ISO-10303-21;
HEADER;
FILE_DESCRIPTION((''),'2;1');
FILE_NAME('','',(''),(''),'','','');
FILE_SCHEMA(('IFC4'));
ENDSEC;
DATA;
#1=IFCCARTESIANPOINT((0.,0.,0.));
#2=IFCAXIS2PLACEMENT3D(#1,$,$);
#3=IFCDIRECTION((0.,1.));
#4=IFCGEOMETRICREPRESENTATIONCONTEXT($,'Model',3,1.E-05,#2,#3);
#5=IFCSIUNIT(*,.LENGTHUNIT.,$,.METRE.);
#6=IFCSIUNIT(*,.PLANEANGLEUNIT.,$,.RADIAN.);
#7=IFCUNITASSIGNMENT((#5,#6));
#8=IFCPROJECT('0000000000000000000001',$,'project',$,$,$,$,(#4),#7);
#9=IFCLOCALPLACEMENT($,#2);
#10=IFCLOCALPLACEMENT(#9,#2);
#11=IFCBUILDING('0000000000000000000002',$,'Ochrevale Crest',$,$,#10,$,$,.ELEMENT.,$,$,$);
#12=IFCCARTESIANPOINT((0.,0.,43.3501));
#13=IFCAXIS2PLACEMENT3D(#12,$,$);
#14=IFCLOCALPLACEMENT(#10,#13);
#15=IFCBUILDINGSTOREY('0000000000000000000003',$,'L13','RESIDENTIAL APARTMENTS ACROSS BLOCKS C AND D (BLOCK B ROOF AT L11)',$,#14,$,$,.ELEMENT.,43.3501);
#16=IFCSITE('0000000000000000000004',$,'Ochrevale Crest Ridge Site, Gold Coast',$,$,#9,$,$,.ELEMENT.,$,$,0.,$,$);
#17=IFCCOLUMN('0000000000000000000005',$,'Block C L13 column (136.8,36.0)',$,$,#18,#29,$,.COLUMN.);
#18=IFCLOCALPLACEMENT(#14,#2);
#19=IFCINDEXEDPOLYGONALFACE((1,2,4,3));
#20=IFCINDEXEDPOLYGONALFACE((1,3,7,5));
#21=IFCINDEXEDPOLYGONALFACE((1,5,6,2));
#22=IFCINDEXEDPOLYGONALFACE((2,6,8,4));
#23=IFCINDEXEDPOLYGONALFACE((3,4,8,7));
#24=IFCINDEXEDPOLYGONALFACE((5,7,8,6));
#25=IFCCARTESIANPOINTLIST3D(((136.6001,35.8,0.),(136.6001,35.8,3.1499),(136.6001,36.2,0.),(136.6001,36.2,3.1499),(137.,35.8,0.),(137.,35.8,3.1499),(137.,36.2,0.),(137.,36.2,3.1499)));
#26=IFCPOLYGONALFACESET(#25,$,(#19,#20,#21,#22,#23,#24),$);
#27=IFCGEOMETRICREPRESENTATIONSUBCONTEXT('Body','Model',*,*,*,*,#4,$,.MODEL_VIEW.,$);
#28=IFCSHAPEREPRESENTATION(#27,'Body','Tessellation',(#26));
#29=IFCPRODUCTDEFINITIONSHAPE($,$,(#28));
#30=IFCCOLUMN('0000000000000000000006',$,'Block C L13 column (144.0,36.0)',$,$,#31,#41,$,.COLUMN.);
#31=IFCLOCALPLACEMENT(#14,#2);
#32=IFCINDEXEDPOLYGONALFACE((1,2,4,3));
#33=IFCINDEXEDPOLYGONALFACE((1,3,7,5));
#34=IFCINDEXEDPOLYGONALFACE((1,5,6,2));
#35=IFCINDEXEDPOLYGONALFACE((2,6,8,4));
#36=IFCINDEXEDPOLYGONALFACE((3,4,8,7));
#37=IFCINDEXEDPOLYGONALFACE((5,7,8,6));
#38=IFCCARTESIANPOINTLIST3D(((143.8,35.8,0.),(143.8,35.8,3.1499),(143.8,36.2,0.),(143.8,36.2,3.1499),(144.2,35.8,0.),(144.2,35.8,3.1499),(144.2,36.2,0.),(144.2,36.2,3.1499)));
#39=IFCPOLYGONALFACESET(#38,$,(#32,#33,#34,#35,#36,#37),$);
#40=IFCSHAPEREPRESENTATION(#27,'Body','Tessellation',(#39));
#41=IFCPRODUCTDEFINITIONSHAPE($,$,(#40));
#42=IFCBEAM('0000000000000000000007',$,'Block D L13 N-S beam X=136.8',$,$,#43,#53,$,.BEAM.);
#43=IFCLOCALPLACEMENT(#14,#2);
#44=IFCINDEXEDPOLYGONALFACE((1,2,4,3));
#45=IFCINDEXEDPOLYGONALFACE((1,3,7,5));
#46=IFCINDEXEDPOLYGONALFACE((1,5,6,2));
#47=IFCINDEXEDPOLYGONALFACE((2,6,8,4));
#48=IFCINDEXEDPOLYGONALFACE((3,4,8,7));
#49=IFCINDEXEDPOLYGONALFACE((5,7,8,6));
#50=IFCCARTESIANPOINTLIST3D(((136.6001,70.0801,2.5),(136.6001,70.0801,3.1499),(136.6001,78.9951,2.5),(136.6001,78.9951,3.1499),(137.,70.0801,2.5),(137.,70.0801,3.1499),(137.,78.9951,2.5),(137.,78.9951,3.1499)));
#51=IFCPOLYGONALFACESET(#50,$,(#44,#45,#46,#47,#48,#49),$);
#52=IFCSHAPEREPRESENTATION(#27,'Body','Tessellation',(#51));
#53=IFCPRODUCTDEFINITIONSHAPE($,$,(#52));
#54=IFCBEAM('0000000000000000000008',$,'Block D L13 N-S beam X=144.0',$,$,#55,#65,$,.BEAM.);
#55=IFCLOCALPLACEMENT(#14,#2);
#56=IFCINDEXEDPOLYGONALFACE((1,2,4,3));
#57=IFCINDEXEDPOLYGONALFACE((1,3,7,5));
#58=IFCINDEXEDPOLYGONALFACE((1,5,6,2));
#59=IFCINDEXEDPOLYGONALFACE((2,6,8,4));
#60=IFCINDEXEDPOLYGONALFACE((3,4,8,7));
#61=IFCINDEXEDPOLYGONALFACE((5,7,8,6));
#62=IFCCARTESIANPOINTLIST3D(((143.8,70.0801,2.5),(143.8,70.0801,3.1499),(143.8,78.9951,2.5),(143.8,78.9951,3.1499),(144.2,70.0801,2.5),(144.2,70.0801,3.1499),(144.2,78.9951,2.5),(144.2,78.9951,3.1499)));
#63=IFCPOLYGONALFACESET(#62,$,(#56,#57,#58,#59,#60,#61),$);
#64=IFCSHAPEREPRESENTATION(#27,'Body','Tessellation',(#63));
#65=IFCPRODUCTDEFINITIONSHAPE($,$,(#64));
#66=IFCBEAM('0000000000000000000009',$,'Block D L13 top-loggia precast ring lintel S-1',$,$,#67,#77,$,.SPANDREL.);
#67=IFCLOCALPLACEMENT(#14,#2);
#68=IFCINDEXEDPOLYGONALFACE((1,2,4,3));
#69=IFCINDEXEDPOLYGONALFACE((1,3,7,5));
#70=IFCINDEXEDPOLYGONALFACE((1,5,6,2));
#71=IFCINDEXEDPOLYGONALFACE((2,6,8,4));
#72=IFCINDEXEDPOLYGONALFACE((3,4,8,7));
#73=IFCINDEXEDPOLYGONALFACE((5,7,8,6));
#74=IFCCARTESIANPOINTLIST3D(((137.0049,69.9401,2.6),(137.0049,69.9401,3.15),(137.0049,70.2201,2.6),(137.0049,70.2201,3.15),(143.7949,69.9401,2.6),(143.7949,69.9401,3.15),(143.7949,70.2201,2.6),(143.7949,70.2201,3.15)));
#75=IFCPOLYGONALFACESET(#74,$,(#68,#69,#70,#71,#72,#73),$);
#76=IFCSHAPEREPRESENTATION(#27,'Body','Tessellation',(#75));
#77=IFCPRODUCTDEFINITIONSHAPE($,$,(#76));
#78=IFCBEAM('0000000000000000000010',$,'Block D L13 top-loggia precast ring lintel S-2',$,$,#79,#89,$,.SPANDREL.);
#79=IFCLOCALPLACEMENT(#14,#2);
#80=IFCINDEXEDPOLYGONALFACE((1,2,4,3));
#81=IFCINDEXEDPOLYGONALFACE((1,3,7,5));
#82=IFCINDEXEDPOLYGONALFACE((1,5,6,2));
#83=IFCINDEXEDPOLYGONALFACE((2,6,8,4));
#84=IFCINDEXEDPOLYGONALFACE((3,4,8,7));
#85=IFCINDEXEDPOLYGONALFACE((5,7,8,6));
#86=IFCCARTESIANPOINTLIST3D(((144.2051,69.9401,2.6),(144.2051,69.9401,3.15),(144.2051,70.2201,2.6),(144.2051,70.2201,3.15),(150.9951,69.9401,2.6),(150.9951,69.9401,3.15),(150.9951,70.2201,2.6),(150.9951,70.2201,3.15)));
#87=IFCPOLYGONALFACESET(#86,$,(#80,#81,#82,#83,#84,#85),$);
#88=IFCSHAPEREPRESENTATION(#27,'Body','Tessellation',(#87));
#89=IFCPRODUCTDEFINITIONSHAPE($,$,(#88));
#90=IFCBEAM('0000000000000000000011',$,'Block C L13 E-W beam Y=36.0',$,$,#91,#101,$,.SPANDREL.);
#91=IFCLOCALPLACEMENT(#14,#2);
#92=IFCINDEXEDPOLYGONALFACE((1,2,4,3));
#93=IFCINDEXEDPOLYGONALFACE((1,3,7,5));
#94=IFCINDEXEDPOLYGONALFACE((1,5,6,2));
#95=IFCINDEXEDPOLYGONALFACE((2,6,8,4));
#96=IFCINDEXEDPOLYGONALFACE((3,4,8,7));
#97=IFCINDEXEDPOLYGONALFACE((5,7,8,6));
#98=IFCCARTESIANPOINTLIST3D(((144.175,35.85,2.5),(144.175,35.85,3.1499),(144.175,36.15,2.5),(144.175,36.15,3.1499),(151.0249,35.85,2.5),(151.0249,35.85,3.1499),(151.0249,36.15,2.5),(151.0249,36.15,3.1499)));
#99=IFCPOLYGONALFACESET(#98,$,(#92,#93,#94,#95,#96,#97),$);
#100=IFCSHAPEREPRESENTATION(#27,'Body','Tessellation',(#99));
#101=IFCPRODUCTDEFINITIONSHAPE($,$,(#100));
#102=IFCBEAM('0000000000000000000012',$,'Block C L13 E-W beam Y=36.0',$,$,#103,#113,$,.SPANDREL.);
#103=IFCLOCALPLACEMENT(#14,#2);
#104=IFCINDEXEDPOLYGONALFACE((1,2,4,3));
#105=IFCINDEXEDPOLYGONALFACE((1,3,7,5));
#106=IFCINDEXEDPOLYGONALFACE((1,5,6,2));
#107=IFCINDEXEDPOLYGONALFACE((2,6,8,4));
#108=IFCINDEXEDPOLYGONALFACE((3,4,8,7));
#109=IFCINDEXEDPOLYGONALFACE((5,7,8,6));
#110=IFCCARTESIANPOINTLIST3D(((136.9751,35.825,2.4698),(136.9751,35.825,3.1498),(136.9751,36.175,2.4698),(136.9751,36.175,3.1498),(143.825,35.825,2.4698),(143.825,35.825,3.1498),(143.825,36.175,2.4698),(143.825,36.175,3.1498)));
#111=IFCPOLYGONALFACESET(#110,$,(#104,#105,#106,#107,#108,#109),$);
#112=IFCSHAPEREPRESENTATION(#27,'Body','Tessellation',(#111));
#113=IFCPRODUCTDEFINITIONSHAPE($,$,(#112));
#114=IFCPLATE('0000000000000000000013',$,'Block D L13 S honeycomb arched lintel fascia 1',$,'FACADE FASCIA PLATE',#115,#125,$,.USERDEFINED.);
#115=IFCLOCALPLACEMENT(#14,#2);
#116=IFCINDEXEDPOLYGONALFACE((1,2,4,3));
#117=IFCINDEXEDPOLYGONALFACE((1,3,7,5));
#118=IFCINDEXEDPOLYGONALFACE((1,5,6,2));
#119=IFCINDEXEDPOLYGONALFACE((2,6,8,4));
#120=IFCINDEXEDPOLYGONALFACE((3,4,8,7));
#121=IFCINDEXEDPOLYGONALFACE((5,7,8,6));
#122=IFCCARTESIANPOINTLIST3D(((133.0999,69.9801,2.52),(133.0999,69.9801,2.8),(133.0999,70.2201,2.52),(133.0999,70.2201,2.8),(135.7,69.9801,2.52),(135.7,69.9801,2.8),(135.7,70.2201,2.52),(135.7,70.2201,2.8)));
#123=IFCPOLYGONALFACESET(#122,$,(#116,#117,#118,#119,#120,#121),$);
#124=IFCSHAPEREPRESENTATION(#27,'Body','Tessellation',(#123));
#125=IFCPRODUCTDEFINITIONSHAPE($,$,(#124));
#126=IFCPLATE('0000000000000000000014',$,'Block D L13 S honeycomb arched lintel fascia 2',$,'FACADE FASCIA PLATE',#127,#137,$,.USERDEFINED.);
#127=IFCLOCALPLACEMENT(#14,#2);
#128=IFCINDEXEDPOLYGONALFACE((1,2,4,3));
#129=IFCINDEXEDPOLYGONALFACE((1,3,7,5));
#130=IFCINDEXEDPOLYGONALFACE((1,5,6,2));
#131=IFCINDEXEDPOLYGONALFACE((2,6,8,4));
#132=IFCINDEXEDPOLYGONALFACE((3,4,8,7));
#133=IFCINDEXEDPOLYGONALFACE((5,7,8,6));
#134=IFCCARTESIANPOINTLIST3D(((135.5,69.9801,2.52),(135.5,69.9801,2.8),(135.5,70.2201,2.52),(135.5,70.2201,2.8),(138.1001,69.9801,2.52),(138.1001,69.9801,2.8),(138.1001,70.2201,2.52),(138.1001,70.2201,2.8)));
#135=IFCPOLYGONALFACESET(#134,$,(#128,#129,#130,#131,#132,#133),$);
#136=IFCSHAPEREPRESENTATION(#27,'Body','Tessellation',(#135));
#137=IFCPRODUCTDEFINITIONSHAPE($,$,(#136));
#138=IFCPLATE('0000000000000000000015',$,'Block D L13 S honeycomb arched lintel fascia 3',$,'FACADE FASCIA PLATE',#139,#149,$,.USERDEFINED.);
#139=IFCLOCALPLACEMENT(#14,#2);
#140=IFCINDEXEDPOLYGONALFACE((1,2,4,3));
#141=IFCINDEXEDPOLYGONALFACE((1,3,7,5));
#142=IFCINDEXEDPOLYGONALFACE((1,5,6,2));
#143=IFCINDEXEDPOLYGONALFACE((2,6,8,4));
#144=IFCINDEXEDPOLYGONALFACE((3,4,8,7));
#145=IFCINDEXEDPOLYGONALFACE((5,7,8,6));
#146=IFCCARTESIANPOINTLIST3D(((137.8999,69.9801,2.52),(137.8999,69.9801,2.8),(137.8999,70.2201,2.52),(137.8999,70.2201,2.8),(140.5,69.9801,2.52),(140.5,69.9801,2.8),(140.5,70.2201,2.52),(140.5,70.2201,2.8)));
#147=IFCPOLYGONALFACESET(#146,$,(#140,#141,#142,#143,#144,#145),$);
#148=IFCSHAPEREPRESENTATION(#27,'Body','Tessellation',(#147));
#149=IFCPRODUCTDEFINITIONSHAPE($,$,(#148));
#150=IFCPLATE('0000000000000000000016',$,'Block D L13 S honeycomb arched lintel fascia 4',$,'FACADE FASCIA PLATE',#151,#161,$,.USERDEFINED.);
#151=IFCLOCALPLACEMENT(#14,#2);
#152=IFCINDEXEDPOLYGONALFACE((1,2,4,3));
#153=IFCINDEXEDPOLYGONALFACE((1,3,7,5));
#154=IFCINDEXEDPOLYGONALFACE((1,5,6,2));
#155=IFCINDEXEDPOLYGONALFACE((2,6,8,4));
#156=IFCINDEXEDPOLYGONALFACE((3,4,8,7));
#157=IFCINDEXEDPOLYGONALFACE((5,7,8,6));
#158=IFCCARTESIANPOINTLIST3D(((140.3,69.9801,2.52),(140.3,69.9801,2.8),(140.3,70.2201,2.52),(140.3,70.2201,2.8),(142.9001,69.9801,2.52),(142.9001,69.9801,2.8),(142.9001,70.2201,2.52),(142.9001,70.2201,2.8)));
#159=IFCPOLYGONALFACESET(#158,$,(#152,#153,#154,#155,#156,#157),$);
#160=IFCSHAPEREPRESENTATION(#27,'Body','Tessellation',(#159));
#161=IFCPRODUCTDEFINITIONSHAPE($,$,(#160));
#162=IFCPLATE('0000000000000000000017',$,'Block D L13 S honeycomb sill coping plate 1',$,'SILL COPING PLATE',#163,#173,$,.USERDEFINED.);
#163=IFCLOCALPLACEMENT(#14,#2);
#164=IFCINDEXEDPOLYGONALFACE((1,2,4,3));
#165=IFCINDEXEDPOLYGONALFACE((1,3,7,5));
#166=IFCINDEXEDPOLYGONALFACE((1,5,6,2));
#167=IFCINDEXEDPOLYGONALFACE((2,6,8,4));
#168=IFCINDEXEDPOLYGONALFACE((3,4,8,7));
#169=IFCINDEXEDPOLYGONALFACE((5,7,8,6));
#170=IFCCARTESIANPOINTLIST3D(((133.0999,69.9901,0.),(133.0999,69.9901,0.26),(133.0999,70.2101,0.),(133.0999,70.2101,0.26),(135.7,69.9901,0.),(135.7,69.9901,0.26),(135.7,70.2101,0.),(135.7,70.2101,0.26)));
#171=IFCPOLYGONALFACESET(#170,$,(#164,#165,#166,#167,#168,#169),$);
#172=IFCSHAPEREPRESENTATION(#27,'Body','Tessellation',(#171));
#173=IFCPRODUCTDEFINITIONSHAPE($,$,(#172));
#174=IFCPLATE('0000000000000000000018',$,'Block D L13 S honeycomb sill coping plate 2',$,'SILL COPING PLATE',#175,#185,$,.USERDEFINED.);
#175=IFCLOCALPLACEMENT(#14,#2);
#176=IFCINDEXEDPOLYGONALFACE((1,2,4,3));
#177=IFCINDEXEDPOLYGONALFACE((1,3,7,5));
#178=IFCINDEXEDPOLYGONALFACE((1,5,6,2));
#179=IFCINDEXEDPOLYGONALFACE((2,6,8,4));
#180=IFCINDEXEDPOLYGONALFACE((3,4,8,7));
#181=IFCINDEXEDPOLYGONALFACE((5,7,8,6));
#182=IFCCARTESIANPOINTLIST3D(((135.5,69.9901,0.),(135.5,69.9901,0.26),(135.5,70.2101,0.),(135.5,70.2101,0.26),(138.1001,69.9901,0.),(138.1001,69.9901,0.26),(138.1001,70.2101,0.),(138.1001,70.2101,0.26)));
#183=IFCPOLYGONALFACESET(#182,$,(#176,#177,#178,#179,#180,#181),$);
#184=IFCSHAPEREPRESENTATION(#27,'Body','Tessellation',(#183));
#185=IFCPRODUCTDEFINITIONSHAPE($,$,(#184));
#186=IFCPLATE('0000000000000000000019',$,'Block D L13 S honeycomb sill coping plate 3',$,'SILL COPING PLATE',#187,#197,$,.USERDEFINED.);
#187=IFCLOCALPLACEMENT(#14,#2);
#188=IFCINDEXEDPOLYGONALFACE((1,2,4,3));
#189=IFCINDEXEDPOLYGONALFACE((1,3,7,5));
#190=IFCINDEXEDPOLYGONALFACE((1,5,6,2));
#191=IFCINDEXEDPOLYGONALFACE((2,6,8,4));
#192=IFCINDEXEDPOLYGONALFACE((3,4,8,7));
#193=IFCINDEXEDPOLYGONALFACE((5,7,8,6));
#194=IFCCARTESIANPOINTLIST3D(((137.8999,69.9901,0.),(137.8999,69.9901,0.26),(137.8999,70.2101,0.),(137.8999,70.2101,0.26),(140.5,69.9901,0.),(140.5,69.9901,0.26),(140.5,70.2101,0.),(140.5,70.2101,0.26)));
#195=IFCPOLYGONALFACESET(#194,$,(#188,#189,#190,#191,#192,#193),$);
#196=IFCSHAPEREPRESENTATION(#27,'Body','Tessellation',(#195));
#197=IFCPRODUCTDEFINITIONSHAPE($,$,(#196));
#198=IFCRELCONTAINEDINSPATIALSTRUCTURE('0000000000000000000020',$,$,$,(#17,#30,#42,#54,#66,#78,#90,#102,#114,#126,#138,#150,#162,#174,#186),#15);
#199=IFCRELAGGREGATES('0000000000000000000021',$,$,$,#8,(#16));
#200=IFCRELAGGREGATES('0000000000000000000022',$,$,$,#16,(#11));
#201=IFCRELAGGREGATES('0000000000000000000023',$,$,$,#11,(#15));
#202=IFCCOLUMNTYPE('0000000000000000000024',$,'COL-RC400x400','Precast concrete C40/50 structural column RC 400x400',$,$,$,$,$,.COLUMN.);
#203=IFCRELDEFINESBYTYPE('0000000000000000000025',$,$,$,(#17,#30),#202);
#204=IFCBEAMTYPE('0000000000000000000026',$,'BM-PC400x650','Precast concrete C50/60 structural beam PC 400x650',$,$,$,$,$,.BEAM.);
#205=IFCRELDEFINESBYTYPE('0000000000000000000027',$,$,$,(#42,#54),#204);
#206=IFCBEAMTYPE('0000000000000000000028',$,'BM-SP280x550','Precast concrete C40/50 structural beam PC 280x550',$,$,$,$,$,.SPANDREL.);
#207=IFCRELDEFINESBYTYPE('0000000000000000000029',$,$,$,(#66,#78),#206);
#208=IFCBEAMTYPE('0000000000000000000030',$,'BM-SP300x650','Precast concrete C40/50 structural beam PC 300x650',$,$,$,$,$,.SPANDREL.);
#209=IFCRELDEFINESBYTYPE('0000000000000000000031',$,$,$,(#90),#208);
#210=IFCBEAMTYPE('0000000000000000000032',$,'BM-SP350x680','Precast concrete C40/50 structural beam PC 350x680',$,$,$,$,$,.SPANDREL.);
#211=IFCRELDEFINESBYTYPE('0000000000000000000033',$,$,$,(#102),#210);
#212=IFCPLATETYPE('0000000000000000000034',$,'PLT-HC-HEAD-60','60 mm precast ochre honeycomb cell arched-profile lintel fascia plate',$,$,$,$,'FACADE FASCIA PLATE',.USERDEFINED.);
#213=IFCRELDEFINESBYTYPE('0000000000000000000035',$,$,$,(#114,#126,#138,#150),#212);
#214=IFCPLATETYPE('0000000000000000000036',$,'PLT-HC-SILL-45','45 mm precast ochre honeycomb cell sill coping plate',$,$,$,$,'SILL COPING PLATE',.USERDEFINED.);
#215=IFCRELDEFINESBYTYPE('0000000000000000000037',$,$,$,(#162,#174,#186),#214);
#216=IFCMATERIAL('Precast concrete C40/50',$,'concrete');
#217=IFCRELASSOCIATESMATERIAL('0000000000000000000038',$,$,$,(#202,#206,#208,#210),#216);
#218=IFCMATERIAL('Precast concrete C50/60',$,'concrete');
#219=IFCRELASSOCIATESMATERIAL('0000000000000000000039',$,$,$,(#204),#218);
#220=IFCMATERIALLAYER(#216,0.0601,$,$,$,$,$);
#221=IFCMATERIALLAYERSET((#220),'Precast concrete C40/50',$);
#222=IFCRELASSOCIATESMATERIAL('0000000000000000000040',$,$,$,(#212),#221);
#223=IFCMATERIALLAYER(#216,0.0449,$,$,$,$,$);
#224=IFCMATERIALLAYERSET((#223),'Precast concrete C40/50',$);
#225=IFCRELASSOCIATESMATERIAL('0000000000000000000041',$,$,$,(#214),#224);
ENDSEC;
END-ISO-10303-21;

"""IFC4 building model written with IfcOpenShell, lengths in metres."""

from ifc_helpers import new_model, si_unit, direction, frame, origin, origin_2d, place, context, subcontext, project, spatial, rectangle, extrude, material, layer, layer_set, material_profile, profile_set, type_object, element, save


model = new_model("IFC4")

# Units and contexts
model_context = context("Model", 3, precision=1e-05, world=origin(), true_north=direction((0.0, 1.0)))
body_context = subcontext(model_context, "Body", "Model", "MODEL_VIEW")
ifc_project = project(units=[si_unit("LENGTHUNIT", "METRE"), si_unit("PLANEANGLEUNIT", "RADIAN")], contexts=[model_context])

# Site, building, storey
site_placement = place(None, origin())
site = spatial("IfcSite", under=ifc_project, at=site_placement, Name="Ochrevale Crest Ridge Site, Gold Coast", CompositionType="ELEMENT", RefElevation=0.0)
building_placement = place(site_placement, origin())
building = spatial("IfcBuilding", under=site, at=building_placement, Name="Ochrevale Crest", CompositionType="ELEMENT")
storey_placement = place(building_placement, frame((0.0, 0.0, 43.3501)))
storey = spatial("IfcBuildingStorey", under=building, at=storey_placement, Name="L13", Description="RESIDENTIAL APARTMENTS ACROSS BLOCKS C AND D (BLOCK B ROOF AT L11)", CompositionType="ELEMENT", Elevation=43.3501)

# Columns
ifc_material_1 = material(Name="Precast concrete C40/50", Category="concrete")
ifc_material_profile_1 = material_profile(ifc_material_1, rectangle(XDim=0.3999, YDim=0.3999, at=origin_2d()), Name="RC 400x400")
ifc_profile_set_1 = profile_set([ifc_material_profile_1], Name="Precast concrete C40/50")
column_type = type_object("IfcColumnType", Name="COL-RC400x400", Description="Precast concrete C40/50 structural column RC 400x400", PredefinedType="COLUMN", material=ifc_profile_set_1)
for number, where, z_axis, x_axis, name in (
    (1, (136.8, 36.0, 0.0), (0.0, 0.0, 1.0), (1.0, 0.0, 0.0), "Block C L13 column (136.8,36.0)"),
    (2, (144.0, 36.0, 0.0), (0.0, 0.0, 1.0), (1.0, 0.0, 0.0), "Block C L13 column (144.0,36.0)"),
):
    element("IfcColumn", number, at=place(storey_placement, frame(where, z_axis=z_axis, x_axis=x_axis)), inside=storey, type_object=column_type, Name=name, PredefinedType="COLUMN", context=body_context, shape_type="SweptSolid", body=[
        extrude(rectangle(XDim=0.3999, YDim=0.3999, at=origin_2d()), origin(), (0.0, 0.0, 1.0), 3.1499),
    ])

# Beams
ifc_material_2 = material(Name="Precast concrete C50/60", Category="concrete")
ifc_material_profile_2 = material_profile(ifc_material_2, rectangle(XDim=0.3999, YDim=0.6499, at=origin_2d()), Name="PC 400x650")
ifc_profile_set_2 = profile_set([ifc_material_profile_2], Name="Precast concrete C50/60")
beam_type_1 = type_object("IfcBeamType", Name="BM-PC400x650", Description="Precast concrete C50/60 structural beam PC 400x650", PredefinedType="BEAM", material=ifc_profile_set_2)
for number, where, z_axis, x_axis, name in (
    (3, (136.8, 70.0801, 2.825), (0.0, 1.0, 0.0), (-1.0, 0.0, 0.0), "Block D L13 N-S beam X=136.8"),
    (4, (144.0, 70.0801, 2.825), (0.0, 1.0, 0.0), (-1.0, 0.0, 0.0), "Block D L13 N-S beam X=144.0"),
):
    element("IfcBeam", number, at=place(storey_placement, frame(where, z_axis=z_axis, x_axis=x_axis)), inside=storey, type_object=beam_type_1, Name=name, PredefinedType="BEAM", context=body_context, shape_type="SweptSolid", body=[
        extrude(rectangle(XDim=0.3999, YDim=0.6499, at=origin_2d()), origin(), (0.0, 0.0, 1.0), 8.915),
    ])
ifc_material_profile_3 = material_profile(ifc_material_1, rectangle(XDim=0.28, YDim=0.55, at=origin_2d()), Name="PC 280x550")
ifc_profile_set_3 = profile_set([ifc_material_profile_3], Name="Precast concrete C40/50")
beam_type_2 = type_object("IfcBeamType", Name="BM-SP280x550", Description="Precast concrete C40/50 structural beam PC 280x550", PredefinedType="SPANDREL", material=ifc_profile_set_3)
for number, where, z_axis, x_axis, name in (
    (5, (137.0049, 70.0801, 2.875), (1.0, 0.0, 0.0), (0.0, 1.0, 0.0), "Block D L13 top-loggia precast ring lintel S-1"),
    (6, (144.2051, 70.0801, 2.875), (1.0, 0.0, 0.0), (0.0, 1.0, 0.0), "Block D L13 top-loggia precast ring lintel S-2"),
):
    element("IfcBeam", number, at=place(storey_placement, frame(where, z_axis=z_axis, x_axis=x_axis)), inside=storey, type_object=beam_type_2, Name=name, PredefinedType="SPANDREL", context=body_context, shape_type="SweptSolid", body=[
        extrude(rectangle(XDim=0.28, YDim=0.55, at=origin_2d()), origin(), (0.0, 0.0, 1.0), 6.79),
    ])
ifc_material_profile_4 = material_profile(ifc_material_1, rectangle(XDim=0.3, YDim=0.6499, at=origin_2d()), Name="PC 300x650")
ifc_profile_set_4 = profile_set([ifc_material_profile_4], Name="Precast concrete C40/50")
beam_type_3 = type_object("IfcBeamType", Name="BM-SP300x650", Description="Precast concrete C40/50 structural beam PC 300x650", PredefinedType="SPANDREL", material=ifc_profile_set_4)
beam_1_placement = place(storey_placement, frame((144.175, 36.0, 2.825), z_axis=(1.0, 0.0, 0.0), x_axis=(0.0, 1.0, 0.0)))
element("IfcBeam", 7, at=beam_1_placement, inside=storey, type_object=beam_type_3, Name="Block C L13 E-W beam Y=36.0", PredefinedType="SPANDREL", context=body_context, shape_type="SweptSolid", body=[
    extrude(rectangle(XDim=0.3, YDim=0.6499, at=origin_2d()), origin(), (0.0, 0.0, 1.0), 6.8499),
])
ifc_material_profile_5 = material_profile(ifc_material_1, rectangle(XDim=0.3501, YDim=0.6799, at=origin_2d()), Name="PC 350x680")
ifc_profile_set_5 = profile_set([ifc_material_profile_5], Name="Precast concrete C40/50")
beam_type_4 = type_object("IfcBeamType", Name="BM-SP350x680", Description="Precast concrete C40/50 structural beam PC 350x680", PredefinedType="SPANDREL", material=ifc_profile_set_5)
beam_2_placement = place(storey_placement, frame((136.9751, 36.0, 2.8098), z_axis=(1.0, 0.0, 0.0), x_axis=(0.0, 1.0, 0.0)))
element("IfcBeam", 8, at=beam_2_placement, inside=storey, type_object=beam_type_4, Name="Block C L13 E-W beam Y=36.0", PredefinedType="SPANDREL", context=body_context, shape_type="SweptSolid", body=[
    extrude(rectangle(XDim=0.3501, YDim=0.6799, at=origin_2d()), origin(), (0.0, 0.0, 1.0), 6.8499),
])

# Plates
ifc_layer_1 = layer(ifc_material_1, 0.0601)
ifc_layer_set_1 = layer_set([ifc_layer_1], Name="Precast concrete C40/50")
plate_type_1 = type_object("IfcPlateType", Name="PLT-HC-HEAD-60", Description="60 mm precast ochre honeycomb cell arched-profile lintel fascia plate", ElementType="FACADE FASCIA PLATE", PredefinedType="USERDEFINED", material=ifc_layer_set_1)
for number, where, z_axis, x_axis, name in (
    (9, (134.3999, 70.1001, 2.52), (0.0, 0.0, 1.0), (1.0, 0.0, 0.0), "Block D L13 S honeycomb arched lintel fascia 1"),
    (10, (136.8, 70.1001, 2.52), (0.0, 0.0, 1.0), (1.0, 0.0, 0.0), "Block D L13 S honeycomb arched lintel fascia 2"),
    (11, (139.2, 70.1001, 2.52), (0.0, 0.0, 1.0), (1.0, 0.0, 0.0), "Block D L13 S honeycomb arched lintel fascia 3"),
    (12, (141.6001, 70.1001, 2.52), (0.0, 0.0, 1.0), (1.0, 0.0, 0.0), "Block D L13 S honeycomb arched lintel fascia 4"),
):
    element("IfcPlate", number, at=place(storey_placement, frame(where, z_axis=z_axis, x_axis=x_axis)), inside=storey, type_object=plate_type_1, Name=name, ObjectType="FACADE FASCIA PLATE", PredefinedType="USERDEFINED", context=body_context, shape_type="SweptSolid", body=[
        extrude(rectangle(XDim=2.6001, YDim=0.24, at=origin_2d()), origin(), (0.0, 0.0, 1.0), 0.28),
    ])
ifc_layer_2 = layer(ifc_material_1, 0.0449)
ifc_layer_set_2 = layer_set([ifc_layer_2], Name="Precast concrete C40/50")
plate_type_2 = type_object("IfcPlateType", Name="PLT-HC-SILL-45", Description="45 mm precast ochre honeycomb cell sill coping plate", ElementType="SILL COPING PLATE", PredefinedType="USERDEFINED", material=ifc_layer_set_2)
for number, where, z_axis, x_axis, name in (
    (13, (134.3999, 70.1001, 0.0), (0.0, 0.0, 1.0), (1.0, 0.0, 0.0), "Block D L13 S honeycomb sill coping plate 1"),
    (14, (136.8, 70.1001, 0.0), (0.0, 0.0, 1.0), (1.0, 0.0, 0.0), "Block D L13 S honeycomb sill coping plate 2"),
    (15, (139.2, 70.1001, 0.0), (0.0, 0.0, 1.0), (1.0, 0.0, 0.0), "Block D L13 S honeycomb sill coping plate 3"),
):
    element("IfcPlate", number, at=place(storey_placement, frame(where, z_axis=z_axis, x_axis=x_axis)), inside=storey, type_object=plate_type_2, Name=name, ObjectType="SILL COPING PLATE", PredefinedType="USERDEFINED", context=body_context, shape_type="SweptSolid", body=[
        extrude(rectangle(XDim=2.6001, YDim=0.22, at=origin_2d()), origin(), (0.0, 0.0, 1.0), 0.26),
    ])

save(model, "model.ifc")
